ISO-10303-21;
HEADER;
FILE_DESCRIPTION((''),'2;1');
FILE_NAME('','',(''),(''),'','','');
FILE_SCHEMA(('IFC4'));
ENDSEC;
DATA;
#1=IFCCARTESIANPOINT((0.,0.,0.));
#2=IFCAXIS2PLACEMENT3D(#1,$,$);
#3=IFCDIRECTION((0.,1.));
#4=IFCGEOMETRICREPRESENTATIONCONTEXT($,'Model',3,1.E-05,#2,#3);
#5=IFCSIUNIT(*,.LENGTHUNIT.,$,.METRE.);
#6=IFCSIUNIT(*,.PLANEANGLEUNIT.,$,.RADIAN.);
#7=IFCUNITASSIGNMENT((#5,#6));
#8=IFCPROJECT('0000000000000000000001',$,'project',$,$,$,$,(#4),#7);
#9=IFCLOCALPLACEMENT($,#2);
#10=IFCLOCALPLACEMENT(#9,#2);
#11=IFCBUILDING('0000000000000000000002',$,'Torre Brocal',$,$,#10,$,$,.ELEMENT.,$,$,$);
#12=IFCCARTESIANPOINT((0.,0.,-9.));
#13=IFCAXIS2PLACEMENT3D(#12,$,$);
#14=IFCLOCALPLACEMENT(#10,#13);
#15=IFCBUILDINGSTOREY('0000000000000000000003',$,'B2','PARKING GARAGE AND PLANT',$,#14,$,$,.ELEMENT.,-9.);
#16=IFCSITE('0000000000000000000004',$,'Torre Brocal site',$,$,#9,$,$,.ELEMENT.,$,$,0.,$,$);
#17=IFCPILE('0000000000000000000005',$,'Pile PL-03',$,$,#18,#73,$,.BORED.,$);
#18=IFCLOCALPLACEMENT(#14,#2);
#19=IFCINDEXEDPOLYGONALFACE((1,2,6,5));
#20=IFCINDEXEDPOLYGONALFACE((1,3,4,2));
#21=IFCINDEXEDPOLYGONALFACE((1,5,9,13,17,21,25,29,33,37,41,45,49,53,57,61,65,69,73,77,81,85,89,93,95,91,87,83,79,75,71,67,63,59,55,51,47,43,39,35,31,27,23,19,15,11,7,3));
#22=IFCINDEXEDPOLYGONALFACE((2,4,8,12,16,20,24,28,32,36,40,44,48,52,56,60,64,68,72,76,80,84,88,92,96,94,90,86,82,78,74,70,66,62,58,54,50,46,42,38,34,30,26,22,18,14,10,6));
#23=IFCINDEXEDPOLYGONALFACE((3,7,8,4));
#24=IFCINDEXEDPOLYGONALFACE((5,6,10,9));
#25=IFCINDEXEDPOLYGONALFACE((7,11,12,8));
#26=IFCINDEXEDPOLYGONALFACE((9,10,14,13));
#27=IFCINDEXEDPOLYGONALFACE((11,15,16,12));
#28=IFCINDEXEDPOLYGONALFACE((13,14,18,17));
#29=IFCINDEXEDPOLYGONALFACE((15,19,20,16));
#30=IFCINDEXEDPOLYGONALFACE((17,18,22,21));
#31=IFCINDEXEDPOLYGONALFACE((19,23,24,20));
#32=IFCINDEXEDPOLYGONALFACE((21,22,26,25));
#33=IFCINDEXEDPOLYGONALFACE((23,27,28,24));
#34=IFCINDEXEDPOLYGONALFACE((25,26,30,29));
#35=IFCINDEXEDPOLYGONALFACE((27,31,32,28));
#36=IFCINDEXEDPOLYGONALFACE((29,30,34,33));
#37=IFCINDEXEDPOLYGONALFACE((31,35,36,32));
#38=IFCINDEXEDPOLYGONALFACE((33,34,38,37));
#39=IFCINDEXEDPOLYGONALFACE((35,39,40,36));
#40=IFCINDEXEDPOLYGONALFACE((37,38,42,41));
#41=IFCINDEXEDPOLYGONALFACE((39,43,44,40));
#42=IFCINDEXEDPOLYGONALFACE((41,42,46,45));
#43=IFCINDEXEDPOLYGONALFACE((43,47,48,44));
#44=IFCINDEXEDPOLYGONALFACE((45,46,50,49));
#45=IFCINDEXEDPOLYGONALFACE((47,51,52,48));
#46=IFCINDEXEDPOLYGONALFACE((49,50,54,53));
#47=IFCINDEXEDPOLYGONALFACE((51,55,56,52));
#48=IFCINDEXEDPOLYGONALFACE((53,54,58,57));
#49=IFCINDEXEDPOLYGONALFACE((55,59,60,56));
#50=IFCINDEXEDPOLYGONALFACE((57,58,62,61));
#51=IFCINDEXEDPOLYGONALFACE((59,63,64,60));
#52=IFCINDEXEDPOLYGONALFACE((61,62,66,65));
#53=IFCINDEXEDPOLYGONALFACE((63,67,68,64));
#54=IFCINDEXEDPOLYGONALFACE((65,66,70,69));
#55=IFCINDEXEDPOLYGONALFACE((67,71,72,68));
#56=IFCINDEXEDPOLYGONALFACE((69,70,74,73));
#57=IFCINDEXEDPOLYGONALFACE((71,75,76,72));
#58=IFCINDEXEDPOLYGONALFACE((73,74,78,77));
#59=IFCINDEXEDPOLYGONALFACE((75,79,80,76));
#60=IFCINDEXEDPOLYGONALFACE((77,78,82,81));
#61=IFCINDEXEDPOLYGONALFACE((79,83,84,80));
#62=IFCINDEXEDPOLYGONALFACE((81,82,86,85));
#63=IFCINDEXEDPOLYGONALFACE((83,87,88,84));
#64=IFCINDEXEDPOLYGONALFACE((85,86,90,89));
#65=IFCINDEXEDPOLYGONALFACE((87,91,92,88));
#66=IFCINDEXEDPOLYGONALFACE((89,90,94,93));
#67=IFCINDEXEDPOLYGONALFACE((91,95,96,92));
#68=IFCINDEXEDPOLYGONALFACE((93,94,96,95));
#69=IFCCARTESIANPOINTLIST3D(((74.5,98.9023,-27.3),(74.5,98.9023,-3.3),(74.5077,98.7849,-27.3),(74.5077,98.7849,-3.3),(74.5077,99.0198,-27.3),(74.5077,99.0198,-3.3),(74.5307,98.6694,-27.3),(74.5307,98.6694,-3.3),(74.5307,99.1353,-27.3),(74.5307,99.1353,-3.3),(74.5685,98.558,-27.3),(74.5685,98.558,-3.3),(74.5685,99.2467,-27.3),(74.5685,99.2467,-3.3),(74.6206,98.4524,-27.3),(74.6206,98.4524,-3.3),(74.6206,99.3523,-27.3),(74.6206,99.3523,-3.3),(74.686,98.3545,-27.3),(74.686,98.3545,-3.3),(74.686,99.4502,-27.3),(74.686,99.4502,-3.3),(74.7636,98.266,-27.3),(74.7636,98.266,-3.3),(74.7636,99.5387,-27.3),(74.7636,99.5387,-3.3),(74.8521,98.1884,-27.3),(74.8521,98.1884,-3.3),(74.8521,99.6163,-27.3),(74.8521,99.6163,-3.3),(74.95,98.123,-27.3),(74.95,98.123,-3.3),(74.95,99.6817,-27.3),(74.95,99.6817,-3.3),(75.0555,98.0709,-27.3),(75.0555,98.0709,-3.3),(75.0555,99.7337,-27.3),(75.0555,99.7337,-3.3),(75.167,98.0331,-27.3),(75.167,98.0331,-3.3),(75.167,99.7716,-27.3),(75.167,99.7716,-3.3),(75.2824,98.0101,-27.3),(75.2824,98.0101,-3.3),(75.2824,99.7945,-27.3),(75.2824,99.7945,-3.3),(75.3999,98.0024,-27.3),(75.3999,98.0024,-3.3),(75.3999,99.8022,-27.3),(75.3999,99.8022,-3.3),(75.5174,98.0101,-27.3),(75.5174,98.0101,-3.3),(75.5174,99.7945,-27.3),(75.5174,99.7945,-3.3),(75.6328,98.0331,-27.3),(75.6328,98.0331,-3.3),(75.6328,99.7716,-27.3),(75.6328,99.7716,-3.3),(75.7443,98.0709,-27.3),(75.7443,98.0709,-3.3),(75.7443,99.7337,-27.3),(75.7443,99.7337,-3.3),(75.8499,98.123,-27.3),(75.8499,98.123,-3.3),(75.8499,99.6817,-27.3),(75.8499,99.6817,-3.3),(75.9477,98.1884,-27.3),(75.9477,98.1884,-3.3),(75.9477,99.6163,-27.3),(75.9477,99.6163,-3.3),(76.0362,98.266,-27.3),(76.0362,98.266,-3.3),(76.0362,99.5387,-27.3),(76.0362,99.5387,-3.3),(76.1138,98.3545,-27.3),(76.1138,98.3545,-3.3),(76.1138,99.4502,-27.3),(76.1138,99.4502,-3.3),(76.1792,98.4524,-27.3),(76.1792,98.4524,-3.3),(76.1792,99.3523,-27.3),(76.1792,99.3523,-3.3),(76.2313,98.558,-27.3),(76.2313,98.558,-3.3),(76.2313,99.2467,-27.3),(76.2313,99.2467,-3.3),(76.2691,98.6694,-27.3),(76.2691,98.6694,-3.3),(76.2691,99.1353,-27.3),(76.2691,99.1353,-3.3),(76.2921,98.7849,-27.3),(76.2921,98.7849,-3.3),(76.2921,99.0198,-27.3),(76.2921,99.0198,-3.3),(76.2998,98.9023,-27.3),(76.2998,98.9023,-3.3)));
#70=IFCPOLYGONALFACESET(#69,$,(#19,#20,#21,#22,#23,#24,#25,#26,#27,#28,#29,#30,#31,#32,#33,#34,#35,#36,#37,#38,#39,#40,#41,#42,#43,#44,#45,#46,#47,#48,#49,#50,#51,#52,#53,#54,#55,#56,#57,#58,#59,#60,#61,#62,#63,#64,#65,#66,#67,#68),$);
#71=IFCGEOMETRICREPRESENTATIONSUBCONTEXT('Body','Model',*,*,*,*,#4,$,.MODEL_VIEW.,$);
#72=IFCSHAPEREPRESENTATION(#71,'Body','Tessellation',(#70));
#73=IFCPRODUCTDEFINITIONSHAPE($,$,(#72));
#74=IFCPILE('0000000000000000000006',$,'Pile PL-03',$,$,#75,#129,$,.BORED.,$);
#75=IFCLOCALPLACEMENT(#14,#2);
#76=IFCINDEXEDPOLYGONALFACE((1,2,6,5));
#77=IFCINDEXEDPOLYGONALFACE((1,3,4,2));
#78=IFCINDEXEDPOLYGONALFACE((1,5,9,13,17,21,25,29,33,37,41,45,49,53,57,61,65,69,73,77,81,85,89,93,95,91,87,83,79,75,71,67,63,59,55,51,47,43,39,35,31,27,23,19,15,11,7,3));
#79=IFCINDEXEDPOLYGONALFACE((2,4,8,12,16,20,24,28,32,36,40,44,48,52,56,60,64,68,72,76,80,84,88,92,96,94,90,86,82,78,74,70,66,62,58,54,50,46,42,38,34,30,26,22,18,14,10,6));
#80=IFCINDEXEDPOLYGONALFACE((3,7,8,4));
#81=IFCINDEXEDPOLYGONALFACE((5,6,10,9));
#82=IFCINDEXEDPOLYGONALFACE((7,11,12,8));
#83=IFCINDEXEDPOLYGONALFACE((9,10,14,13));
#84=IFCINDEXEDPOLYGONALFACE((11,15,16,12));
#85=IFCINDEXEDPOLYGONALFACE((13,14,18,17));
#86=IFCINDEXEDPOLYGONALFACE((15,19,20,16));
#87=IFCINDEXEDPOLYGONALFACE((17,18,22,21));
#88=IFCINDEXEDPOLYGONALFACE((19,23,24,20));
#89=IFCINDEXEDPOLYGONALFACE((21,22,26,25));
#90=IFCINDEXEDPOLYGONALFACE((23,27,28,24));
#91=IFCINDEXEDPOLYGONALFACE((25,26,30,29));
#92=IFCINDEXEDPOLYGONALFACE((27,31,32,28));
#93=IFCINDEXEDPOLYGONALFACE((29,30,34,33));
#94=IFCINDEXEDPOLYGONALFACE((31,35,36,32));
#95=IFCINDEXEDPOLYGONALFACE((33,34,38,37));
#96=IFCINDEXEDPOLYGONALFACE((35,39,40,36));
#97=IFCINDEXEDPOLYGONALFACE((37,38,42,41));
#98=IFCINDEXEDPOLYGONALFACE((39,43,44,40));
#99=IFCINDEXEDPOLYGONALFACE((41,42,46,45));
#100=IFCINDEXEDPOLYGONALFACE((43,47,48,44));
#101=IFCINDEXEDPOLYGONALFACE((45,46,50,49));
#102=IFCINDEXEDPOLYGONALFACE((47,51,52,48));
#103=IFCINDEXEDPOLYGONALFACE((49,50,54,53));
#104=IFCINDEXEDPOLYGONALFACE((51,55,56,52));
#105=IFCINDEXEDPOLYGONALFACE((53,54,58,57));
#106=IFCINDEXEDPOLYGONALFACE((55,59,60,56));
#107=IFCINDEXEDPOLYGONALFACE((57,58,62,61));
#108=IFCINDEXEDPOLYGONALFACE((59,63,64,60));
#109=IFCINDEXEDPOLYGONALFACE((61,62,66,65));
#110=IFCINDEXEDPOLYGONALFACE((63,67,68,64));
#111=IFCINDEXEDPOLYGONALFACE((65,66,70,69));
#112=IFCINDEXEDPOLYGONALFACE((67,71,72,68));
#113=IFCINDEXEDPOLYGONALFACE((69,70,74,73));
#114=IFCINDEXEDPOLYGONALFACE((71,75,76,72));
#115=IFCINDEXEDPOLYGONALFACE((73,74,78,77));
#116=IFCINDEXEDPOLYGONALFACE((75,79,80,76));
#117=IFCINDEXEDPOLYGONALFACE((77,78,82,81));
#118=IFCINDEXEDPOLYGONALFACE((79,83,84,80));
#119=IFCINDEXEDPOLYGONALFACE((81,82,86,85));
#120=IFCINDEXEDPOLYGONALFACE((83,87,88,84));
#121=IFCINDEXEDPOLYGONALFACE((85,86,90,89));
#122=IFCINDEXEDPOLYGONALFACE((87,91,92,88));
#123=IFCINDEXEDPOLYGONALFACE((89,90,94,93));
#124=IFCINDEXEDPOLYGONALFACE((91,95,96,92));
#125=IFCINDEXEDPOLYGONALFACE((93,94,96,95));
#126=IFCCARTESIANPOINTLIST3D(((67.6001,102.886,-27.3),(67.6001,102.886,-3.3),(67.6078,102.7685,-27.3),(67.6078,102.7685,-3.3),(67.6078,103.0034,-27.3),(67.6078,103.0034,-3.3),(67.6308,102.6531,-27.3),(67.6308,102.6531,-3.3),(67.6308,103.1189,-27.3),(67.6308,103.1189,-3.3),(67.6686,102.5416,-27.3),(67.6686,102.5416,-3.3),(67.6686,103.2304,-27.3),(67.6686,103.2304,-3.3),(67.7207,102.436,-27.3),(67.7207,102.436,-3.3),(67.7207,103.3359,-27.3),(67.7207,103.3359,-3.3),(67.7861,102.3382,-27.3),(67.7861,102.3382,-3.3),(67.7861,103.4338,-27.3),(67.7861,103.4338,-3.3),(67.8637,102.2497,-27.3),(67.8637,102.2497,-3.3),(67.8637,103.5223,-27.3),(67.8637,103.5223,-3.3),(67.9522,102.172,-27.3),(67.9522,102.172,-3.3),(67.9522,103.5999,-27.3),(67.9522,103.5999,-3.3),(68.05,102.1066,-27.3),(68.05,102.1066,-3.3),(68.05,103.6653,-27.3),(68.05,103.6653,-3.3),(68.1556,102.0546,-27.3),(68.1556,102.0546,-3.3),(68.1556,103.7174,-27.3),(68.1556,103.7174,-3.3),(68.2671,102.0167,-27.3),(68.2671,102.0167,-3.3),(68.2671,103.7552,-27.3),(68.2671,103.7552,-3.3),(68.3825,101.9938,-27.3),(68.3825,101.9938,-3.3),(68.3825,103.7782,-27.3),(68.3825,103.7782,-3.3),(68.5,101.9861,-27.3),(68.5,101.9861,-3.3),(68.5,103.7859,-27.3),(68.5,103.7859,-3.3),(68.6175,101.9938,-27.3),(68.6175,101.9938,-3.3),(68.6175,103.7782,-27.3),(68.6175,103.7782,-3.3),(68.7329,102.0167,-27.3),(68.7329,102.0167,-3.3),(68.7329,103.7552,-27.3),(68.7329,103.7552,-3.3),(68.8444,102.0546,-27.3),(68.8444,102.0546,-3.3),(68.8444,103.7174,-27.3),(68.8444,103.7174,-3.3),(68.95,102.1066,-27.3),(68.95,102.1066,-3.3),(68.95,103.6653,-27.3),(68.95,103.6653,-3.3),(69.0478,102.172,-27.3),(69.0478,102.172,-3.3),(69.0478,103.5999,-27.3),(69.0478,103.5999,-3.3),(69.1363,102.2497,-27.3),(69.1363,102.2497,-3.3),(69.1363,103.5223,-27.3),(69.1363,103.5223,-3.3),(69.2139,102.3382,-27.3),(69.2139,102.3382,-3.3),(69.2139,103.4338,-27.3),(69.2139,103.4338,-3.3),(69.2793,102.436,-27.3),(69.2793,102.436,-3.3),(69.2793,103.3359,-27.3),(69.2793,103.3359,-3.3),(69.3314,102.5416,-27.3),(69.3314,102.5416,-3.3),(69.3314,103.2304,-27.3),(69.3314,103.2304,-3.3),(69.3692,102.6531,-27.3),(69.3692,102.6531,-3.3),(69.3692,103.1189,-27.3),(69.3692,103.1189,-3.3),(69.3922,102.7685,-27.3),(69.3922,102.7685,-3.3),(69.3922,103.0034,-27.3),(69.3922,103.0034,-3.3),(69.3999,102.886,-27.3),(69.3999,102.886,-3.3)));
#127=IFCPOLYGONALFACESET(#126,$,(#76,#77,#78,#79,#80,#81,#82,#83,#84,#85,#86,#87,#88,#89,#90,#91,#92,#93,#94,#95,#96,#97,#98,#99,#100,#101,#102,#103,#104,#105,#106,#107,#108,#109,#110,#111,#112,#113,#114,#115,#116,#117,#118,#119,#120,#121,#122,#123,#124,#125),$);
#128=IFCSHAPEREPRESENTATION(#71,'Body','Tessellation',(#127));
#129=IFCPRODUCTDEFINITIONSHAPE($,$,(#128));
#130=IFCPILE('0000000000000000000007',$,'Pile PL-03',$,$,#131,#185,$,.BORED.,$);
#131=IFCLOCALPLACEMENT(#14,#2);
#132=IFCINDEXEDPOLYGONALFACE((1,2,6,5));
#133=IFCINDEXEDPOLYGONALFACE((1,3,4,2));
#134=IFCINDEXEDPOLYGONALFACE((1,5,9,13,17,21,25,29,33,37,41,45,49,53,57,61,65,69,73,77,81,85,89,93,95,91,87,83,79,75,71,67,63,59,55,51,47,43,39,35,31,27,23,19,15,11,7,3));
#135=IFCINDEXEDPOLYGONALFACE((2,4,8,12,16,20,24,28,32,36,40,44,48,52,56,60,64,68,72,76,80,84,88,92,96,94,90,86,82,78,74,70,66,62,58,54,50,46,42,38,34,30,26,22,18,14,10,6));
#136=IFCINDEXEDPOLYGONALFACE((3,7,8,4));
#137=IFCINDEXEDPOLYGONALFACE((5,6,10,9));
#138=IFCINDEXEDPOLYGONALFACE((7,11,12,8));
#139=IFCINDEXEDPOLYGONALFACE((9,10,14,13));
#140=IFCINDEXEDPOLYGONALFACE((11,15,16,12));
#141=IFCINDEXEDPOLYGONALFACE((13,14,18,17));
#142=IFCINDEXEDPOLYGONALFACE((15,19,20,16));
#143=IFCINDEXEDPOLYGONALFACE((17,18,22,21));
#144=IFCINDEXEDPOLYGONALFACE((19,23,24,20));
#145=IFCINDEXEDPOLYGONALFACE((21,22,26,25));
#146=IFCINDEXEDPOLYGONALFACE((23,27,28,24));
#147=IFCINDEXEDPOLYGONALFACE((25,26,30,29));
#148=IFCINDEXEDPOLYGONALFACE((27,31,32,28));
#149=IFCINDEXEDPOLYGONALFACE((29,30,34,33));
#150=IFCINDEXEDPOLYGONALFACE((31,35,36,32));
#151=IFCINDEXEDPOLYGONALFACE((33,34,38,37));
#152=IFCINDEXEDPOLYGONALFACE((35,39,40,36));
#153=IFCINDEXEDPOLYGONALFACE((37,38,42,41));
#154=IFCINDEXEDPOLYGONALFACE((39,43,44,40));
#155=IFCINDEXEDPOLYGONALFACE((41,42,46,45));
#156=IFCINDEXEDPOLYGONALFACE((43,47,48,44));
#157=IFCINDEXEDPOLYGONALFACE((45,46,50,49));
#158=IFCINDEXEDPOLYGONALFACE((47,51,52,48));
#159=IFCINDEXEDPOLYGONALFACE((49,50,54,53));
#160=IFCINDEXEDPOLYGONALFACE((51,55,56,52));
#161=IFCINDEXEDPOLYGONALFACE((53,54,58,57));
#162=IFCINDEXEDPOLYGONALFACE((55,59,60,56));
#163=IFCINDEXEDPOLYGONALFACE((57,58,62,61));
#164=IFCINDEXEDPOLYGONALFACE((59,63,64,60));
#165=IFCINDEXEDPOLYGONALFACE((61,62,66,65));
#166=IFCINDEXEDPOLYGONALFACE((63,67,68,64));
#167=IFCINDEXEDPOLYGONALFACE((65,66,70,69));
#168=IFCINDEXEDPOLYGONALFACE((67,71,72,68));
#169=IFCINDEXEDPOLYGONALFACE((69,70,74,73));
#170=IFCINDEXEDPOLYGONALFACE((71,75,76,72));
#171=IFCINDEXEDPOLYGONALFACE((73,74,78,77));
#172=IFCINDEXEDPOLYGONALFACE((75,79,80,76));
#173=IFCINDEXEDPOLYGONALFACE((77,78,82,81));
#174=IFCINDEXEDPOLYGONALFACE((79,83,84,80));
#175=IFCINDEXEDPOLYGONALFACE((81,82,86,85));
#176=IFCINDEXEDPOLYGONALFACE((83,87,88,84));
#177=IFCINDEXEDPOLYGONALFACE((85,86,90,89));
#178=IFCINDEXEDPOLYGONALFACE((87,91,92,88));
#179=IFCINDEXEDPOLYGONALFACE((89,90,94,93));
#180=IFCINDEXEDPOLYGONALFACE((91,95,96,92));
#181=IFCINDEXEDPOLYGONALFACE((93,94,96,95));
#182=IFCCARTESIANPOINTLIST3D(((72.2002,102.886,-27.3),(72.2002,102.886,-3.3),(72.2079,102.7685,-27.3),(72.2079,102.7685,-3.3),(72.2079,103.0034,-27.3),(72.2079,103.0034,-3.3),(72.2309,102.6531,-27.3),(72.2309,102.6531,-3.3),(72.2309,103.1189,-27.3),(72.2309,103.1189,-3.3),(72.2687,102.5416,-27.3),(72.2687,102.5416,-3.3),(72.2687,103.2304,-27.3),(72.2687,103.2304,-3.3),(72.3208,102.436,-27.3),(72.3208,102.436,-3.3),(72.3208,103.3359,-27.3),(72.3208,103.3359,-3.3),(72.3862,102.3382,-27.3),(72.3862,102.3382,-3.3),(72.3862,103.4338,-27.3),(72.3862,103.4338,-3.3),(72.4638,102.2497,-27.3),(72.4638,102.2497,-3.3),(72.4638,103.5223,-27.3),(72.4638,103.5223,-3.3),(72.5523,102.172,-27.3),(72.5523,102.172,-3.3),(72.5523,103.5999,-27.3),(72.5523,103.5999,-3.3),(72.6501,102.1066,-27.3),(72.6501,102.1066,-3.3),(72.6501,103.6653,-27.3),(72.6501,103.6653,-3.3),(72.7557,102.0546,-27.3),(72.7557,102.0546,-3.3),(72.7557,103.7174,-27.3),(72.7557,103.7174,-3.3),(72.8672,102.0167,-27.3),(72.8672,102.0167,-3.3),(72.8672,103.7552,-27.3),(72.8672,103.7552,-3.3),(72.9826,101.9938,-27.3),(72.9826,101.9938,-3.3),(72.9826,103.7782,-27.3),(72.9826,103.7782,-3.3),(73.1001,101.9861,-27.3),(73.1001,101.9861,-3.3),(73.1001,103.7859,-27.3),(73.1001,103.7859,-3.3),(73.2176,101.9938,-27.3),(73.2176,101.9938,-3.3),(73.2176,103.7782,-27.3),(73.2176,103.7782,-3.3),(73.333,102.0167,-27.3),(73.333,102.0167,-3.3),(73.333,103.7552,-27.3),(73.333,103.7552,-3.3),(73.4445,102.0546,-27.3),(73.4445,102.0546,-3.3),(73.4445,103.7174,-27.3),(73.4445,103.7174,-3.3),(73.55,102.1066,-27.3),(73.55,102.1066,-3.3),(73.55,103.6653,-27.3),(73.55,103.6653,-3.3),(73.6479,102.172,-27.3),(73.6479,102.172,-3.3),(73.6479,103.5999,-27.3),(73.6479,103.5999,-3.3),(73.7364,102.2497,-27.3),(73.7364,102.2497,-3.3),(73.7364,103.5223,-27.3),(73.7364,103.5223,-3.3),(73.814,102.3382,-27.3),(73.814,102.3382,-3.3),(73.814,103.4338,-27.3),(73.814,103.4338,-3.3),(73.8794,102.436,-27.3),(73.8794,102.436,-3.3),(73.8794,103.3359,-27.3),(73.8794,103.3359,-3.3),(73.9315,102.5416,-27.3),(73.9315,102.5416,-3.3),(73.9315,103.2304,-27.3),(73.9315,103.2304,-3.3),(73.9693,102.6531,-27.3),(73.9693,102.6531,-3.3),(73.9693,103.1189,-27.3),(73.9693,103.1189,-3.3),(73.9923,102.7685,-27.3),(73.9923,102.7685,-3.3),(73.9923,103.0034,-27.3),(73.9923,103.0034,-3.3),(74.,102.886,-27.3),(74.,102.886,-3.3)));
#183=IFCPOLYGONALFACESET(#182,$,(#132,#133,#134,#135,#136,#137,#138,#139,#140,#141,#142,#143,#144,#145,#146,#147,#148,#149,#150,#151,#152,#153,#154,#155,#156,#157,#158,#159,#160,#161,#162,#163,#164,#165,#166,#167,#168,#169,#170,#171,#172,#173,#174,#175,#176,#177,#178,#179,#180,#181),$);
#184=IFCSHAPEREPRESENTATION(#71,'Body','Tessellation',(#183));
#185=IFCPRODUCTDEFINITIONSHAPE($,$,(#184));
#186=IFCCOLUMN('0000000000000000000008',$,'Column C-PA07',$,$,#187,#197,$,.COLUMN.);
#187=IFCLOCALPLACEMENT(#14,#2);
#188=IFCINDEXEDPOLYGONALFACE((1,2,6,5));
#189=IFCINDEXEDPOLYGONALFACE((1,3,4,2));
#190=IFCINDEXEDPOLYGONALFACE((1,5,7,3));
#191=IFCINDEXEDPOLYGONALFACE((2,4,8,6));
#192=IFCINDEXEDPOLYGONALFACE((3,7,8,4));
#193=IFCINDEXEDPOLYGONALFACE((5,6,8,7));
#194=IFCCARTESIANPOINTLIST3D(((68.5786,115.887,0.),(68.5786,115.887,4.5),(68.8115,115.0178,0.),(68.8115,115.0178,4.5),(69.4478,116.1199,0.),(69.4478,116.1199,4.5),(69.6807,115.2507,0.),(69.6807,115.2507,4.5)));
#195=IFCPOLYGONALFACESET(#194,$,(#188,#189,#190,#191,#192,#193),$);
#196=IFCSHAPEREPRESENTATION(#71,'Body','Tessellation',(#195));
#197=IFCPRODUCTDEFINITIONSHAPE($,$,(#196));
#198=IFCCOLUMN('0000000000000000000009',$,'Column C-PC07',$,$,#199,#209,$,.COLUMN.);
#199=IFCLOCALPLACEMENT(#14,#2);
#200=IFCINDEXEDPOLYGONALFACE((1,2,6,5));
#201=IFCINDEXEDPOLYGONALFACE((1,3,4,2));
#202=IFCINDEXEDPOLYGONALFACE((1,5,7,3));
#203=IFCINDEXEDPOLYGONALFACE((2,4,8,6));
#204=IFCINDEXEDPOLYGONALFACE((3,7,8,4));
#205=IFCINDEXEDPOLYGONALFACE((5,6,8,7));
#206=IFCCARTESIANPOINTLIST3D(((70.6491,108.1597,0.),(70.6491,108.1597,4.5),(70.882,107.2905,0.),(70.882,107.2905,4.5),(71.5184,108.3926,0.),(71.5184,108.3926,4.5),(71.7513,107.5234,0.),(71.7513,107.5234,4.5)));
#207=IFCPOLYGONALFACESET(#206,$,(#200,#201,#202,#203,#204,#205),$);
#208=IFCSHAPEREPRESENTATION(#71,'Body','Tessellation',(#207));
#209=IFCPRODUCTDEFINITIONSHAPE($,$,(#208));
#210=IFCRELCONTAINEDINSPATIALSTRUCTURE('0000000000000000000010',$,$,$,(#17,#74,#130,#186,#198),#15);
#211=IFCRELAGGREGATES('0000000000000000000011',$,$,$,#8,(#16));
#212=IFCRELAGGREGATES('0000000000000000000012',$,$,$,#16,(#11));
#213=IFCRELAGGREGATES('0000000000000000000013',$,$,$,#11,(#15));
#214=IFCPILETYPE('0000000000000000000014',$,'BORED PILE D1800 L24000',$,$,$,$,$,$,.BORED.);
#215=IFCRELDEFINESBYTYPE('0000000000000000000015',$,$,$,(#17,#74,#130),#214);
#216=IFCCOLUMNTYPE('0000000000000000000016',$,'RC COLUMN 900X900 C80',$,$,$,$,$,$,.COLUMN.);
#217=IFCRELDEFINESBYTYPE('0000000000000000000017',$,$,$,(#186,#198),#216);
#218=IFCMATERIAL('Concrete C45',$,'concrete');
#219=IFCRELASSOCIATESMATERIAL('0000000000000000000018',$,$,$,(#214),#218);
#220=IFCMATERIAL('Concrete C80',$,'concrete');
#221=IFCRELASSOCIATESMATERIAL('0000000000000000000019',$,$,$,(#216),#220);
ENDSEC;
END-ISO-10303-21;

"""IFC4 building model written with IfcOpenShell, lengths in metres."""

from ifc_helpers import new_model, si_unit, direction, frame, origin, origin_2d, place, context, subcontext, project, spatial, rectangle, circle, extrude, material, material_profile, profile_set, type_object, element, save


model = new_model("IFC4")

# Units and contexts
model_context = context("Model", 3, precision=1e-05, world=origin(), true_north=direction((0.0, 1.0)))
body_context = subcontext(model_context, "Body", "Model", "MODEL_VIEW")
ifc_project = project(units=[si_unit("LENGTHUNIT", "METRE"), si_unit("PLANEANGLEUNIT", "RADIAN")], contexts=[model_context])

# Site, building, storey
site_placement = place(None, origin())
site = spatial("IfcSite", under=ifc_project, at=site_placement, Name="Torre Brocal site", CompositionType="ELEMENT", RefElevation=0.0)
building_placement = place(site_placement, origin())
building = spatial("IfcBuilding", under=site, at=building_placement, Name="Torre Brocal", CompositionType="ELEMENT")
storey_placement = place(building_placement, frame((0.0, 0.0, -9.0)))
storey = spatial("IfcBuildingStorey", under=building, at=storey_placement, Name="B2", Description="PARKING GARAGE AND PLANT", CompositionType="ELEMENT", Elevation=-9.0)

# Piles
ifc_material_1 = material(Name="Concrete C45", Category="concrete")
ifc_material_profile_1 = material_profile(ifc_material_1, circle(Radius=0.8999, at=origin_2d()), Name="BORED PILE D1800")
ifc_profile_set_1 = profile_set([ifc_material_profile_1], Name="Concrete C45")
pile_type_1 = type_object("IfcPileType", Name="BORED PILE D1800 L24000", PredefinedType="BORED", material=ifc_profile_set_1)
for number, where, z_axis, x_axis, name in (
    (1, (75.3999, 98.9023, -3.3), (0.0, 0.0, -1.0), (1.0, 0.0, 0.0), "Pile PL-03"),
    (2, (68.5, 102.886, -3.3), (0.0, 0.0, -1.0), (1.0, 0.0, 0.0), "Pile PL-03"),
    (3, (73.1001, 102.886, -3.3), (0.0, 0.0, -1.0), (1.0, 0.0, 0.0), "Pile PL-03"),
):
    element("IfcPile", number, at=place(storey_placement, frame(where, z_axis=z_axis, x_axis=x_axis)), inside=storey, type_object=pile_type_1, Name=name, PredefinedType="BORED", context=body_context, shape_type="SweptSolid", body=[
        extrude(circle(Radius=0.8999, at=origin_2d()), origin(), (0.0, 0.0, 1.0), 24.0),
    ])

# Columns
ifc_material_2 = material(Name="Concrete C80", Category="concrete")
ifc_material_profile_2 = material_profile(ifc_material_2, rectangle(XDim=0.8999, YDim=0.8999, at=origin_2d()), Name="RC 900X900")
ifc_profile_set_2 = profile_set([ifc_material_profile_2], Name="Concrete C80")
column_type = type_object("IfcColumnType", Name="RC COLUMN 900X900 C80", PredefinedType="COLUMN", material=ifc_profile_set_2)
for number, where, z_axis, x_axis, name in (
    (4, (69.1296, 115.5688, 0.0), (0.0, 0.0, 1.0), (-0.258819, 0.965926, 0.0), "Column C-PA07"),
    (5, (71.2002, 107.8416, 0.0), (0.0, 0.0, 1.0), (-0.258819, 0.965926, 0.0), "Column C-PC07"),
):
    element("IfcColumn", number, at=place(storey_placement, frame(where, z_axis=z_axis, x_axis=x_axis)), inside=storey, type_object=column_type, Name=name, PredefinedType="COLUMN", context=body_context, shape_type="SweptSolid", body=[
        extrude(rectangle(XDim=0.8999, YDim=0.8999, at=origin_2d()), origin(), (0.0, 0.0, 1.0), 4.5),
    ])

save(model, "model.ifc")
